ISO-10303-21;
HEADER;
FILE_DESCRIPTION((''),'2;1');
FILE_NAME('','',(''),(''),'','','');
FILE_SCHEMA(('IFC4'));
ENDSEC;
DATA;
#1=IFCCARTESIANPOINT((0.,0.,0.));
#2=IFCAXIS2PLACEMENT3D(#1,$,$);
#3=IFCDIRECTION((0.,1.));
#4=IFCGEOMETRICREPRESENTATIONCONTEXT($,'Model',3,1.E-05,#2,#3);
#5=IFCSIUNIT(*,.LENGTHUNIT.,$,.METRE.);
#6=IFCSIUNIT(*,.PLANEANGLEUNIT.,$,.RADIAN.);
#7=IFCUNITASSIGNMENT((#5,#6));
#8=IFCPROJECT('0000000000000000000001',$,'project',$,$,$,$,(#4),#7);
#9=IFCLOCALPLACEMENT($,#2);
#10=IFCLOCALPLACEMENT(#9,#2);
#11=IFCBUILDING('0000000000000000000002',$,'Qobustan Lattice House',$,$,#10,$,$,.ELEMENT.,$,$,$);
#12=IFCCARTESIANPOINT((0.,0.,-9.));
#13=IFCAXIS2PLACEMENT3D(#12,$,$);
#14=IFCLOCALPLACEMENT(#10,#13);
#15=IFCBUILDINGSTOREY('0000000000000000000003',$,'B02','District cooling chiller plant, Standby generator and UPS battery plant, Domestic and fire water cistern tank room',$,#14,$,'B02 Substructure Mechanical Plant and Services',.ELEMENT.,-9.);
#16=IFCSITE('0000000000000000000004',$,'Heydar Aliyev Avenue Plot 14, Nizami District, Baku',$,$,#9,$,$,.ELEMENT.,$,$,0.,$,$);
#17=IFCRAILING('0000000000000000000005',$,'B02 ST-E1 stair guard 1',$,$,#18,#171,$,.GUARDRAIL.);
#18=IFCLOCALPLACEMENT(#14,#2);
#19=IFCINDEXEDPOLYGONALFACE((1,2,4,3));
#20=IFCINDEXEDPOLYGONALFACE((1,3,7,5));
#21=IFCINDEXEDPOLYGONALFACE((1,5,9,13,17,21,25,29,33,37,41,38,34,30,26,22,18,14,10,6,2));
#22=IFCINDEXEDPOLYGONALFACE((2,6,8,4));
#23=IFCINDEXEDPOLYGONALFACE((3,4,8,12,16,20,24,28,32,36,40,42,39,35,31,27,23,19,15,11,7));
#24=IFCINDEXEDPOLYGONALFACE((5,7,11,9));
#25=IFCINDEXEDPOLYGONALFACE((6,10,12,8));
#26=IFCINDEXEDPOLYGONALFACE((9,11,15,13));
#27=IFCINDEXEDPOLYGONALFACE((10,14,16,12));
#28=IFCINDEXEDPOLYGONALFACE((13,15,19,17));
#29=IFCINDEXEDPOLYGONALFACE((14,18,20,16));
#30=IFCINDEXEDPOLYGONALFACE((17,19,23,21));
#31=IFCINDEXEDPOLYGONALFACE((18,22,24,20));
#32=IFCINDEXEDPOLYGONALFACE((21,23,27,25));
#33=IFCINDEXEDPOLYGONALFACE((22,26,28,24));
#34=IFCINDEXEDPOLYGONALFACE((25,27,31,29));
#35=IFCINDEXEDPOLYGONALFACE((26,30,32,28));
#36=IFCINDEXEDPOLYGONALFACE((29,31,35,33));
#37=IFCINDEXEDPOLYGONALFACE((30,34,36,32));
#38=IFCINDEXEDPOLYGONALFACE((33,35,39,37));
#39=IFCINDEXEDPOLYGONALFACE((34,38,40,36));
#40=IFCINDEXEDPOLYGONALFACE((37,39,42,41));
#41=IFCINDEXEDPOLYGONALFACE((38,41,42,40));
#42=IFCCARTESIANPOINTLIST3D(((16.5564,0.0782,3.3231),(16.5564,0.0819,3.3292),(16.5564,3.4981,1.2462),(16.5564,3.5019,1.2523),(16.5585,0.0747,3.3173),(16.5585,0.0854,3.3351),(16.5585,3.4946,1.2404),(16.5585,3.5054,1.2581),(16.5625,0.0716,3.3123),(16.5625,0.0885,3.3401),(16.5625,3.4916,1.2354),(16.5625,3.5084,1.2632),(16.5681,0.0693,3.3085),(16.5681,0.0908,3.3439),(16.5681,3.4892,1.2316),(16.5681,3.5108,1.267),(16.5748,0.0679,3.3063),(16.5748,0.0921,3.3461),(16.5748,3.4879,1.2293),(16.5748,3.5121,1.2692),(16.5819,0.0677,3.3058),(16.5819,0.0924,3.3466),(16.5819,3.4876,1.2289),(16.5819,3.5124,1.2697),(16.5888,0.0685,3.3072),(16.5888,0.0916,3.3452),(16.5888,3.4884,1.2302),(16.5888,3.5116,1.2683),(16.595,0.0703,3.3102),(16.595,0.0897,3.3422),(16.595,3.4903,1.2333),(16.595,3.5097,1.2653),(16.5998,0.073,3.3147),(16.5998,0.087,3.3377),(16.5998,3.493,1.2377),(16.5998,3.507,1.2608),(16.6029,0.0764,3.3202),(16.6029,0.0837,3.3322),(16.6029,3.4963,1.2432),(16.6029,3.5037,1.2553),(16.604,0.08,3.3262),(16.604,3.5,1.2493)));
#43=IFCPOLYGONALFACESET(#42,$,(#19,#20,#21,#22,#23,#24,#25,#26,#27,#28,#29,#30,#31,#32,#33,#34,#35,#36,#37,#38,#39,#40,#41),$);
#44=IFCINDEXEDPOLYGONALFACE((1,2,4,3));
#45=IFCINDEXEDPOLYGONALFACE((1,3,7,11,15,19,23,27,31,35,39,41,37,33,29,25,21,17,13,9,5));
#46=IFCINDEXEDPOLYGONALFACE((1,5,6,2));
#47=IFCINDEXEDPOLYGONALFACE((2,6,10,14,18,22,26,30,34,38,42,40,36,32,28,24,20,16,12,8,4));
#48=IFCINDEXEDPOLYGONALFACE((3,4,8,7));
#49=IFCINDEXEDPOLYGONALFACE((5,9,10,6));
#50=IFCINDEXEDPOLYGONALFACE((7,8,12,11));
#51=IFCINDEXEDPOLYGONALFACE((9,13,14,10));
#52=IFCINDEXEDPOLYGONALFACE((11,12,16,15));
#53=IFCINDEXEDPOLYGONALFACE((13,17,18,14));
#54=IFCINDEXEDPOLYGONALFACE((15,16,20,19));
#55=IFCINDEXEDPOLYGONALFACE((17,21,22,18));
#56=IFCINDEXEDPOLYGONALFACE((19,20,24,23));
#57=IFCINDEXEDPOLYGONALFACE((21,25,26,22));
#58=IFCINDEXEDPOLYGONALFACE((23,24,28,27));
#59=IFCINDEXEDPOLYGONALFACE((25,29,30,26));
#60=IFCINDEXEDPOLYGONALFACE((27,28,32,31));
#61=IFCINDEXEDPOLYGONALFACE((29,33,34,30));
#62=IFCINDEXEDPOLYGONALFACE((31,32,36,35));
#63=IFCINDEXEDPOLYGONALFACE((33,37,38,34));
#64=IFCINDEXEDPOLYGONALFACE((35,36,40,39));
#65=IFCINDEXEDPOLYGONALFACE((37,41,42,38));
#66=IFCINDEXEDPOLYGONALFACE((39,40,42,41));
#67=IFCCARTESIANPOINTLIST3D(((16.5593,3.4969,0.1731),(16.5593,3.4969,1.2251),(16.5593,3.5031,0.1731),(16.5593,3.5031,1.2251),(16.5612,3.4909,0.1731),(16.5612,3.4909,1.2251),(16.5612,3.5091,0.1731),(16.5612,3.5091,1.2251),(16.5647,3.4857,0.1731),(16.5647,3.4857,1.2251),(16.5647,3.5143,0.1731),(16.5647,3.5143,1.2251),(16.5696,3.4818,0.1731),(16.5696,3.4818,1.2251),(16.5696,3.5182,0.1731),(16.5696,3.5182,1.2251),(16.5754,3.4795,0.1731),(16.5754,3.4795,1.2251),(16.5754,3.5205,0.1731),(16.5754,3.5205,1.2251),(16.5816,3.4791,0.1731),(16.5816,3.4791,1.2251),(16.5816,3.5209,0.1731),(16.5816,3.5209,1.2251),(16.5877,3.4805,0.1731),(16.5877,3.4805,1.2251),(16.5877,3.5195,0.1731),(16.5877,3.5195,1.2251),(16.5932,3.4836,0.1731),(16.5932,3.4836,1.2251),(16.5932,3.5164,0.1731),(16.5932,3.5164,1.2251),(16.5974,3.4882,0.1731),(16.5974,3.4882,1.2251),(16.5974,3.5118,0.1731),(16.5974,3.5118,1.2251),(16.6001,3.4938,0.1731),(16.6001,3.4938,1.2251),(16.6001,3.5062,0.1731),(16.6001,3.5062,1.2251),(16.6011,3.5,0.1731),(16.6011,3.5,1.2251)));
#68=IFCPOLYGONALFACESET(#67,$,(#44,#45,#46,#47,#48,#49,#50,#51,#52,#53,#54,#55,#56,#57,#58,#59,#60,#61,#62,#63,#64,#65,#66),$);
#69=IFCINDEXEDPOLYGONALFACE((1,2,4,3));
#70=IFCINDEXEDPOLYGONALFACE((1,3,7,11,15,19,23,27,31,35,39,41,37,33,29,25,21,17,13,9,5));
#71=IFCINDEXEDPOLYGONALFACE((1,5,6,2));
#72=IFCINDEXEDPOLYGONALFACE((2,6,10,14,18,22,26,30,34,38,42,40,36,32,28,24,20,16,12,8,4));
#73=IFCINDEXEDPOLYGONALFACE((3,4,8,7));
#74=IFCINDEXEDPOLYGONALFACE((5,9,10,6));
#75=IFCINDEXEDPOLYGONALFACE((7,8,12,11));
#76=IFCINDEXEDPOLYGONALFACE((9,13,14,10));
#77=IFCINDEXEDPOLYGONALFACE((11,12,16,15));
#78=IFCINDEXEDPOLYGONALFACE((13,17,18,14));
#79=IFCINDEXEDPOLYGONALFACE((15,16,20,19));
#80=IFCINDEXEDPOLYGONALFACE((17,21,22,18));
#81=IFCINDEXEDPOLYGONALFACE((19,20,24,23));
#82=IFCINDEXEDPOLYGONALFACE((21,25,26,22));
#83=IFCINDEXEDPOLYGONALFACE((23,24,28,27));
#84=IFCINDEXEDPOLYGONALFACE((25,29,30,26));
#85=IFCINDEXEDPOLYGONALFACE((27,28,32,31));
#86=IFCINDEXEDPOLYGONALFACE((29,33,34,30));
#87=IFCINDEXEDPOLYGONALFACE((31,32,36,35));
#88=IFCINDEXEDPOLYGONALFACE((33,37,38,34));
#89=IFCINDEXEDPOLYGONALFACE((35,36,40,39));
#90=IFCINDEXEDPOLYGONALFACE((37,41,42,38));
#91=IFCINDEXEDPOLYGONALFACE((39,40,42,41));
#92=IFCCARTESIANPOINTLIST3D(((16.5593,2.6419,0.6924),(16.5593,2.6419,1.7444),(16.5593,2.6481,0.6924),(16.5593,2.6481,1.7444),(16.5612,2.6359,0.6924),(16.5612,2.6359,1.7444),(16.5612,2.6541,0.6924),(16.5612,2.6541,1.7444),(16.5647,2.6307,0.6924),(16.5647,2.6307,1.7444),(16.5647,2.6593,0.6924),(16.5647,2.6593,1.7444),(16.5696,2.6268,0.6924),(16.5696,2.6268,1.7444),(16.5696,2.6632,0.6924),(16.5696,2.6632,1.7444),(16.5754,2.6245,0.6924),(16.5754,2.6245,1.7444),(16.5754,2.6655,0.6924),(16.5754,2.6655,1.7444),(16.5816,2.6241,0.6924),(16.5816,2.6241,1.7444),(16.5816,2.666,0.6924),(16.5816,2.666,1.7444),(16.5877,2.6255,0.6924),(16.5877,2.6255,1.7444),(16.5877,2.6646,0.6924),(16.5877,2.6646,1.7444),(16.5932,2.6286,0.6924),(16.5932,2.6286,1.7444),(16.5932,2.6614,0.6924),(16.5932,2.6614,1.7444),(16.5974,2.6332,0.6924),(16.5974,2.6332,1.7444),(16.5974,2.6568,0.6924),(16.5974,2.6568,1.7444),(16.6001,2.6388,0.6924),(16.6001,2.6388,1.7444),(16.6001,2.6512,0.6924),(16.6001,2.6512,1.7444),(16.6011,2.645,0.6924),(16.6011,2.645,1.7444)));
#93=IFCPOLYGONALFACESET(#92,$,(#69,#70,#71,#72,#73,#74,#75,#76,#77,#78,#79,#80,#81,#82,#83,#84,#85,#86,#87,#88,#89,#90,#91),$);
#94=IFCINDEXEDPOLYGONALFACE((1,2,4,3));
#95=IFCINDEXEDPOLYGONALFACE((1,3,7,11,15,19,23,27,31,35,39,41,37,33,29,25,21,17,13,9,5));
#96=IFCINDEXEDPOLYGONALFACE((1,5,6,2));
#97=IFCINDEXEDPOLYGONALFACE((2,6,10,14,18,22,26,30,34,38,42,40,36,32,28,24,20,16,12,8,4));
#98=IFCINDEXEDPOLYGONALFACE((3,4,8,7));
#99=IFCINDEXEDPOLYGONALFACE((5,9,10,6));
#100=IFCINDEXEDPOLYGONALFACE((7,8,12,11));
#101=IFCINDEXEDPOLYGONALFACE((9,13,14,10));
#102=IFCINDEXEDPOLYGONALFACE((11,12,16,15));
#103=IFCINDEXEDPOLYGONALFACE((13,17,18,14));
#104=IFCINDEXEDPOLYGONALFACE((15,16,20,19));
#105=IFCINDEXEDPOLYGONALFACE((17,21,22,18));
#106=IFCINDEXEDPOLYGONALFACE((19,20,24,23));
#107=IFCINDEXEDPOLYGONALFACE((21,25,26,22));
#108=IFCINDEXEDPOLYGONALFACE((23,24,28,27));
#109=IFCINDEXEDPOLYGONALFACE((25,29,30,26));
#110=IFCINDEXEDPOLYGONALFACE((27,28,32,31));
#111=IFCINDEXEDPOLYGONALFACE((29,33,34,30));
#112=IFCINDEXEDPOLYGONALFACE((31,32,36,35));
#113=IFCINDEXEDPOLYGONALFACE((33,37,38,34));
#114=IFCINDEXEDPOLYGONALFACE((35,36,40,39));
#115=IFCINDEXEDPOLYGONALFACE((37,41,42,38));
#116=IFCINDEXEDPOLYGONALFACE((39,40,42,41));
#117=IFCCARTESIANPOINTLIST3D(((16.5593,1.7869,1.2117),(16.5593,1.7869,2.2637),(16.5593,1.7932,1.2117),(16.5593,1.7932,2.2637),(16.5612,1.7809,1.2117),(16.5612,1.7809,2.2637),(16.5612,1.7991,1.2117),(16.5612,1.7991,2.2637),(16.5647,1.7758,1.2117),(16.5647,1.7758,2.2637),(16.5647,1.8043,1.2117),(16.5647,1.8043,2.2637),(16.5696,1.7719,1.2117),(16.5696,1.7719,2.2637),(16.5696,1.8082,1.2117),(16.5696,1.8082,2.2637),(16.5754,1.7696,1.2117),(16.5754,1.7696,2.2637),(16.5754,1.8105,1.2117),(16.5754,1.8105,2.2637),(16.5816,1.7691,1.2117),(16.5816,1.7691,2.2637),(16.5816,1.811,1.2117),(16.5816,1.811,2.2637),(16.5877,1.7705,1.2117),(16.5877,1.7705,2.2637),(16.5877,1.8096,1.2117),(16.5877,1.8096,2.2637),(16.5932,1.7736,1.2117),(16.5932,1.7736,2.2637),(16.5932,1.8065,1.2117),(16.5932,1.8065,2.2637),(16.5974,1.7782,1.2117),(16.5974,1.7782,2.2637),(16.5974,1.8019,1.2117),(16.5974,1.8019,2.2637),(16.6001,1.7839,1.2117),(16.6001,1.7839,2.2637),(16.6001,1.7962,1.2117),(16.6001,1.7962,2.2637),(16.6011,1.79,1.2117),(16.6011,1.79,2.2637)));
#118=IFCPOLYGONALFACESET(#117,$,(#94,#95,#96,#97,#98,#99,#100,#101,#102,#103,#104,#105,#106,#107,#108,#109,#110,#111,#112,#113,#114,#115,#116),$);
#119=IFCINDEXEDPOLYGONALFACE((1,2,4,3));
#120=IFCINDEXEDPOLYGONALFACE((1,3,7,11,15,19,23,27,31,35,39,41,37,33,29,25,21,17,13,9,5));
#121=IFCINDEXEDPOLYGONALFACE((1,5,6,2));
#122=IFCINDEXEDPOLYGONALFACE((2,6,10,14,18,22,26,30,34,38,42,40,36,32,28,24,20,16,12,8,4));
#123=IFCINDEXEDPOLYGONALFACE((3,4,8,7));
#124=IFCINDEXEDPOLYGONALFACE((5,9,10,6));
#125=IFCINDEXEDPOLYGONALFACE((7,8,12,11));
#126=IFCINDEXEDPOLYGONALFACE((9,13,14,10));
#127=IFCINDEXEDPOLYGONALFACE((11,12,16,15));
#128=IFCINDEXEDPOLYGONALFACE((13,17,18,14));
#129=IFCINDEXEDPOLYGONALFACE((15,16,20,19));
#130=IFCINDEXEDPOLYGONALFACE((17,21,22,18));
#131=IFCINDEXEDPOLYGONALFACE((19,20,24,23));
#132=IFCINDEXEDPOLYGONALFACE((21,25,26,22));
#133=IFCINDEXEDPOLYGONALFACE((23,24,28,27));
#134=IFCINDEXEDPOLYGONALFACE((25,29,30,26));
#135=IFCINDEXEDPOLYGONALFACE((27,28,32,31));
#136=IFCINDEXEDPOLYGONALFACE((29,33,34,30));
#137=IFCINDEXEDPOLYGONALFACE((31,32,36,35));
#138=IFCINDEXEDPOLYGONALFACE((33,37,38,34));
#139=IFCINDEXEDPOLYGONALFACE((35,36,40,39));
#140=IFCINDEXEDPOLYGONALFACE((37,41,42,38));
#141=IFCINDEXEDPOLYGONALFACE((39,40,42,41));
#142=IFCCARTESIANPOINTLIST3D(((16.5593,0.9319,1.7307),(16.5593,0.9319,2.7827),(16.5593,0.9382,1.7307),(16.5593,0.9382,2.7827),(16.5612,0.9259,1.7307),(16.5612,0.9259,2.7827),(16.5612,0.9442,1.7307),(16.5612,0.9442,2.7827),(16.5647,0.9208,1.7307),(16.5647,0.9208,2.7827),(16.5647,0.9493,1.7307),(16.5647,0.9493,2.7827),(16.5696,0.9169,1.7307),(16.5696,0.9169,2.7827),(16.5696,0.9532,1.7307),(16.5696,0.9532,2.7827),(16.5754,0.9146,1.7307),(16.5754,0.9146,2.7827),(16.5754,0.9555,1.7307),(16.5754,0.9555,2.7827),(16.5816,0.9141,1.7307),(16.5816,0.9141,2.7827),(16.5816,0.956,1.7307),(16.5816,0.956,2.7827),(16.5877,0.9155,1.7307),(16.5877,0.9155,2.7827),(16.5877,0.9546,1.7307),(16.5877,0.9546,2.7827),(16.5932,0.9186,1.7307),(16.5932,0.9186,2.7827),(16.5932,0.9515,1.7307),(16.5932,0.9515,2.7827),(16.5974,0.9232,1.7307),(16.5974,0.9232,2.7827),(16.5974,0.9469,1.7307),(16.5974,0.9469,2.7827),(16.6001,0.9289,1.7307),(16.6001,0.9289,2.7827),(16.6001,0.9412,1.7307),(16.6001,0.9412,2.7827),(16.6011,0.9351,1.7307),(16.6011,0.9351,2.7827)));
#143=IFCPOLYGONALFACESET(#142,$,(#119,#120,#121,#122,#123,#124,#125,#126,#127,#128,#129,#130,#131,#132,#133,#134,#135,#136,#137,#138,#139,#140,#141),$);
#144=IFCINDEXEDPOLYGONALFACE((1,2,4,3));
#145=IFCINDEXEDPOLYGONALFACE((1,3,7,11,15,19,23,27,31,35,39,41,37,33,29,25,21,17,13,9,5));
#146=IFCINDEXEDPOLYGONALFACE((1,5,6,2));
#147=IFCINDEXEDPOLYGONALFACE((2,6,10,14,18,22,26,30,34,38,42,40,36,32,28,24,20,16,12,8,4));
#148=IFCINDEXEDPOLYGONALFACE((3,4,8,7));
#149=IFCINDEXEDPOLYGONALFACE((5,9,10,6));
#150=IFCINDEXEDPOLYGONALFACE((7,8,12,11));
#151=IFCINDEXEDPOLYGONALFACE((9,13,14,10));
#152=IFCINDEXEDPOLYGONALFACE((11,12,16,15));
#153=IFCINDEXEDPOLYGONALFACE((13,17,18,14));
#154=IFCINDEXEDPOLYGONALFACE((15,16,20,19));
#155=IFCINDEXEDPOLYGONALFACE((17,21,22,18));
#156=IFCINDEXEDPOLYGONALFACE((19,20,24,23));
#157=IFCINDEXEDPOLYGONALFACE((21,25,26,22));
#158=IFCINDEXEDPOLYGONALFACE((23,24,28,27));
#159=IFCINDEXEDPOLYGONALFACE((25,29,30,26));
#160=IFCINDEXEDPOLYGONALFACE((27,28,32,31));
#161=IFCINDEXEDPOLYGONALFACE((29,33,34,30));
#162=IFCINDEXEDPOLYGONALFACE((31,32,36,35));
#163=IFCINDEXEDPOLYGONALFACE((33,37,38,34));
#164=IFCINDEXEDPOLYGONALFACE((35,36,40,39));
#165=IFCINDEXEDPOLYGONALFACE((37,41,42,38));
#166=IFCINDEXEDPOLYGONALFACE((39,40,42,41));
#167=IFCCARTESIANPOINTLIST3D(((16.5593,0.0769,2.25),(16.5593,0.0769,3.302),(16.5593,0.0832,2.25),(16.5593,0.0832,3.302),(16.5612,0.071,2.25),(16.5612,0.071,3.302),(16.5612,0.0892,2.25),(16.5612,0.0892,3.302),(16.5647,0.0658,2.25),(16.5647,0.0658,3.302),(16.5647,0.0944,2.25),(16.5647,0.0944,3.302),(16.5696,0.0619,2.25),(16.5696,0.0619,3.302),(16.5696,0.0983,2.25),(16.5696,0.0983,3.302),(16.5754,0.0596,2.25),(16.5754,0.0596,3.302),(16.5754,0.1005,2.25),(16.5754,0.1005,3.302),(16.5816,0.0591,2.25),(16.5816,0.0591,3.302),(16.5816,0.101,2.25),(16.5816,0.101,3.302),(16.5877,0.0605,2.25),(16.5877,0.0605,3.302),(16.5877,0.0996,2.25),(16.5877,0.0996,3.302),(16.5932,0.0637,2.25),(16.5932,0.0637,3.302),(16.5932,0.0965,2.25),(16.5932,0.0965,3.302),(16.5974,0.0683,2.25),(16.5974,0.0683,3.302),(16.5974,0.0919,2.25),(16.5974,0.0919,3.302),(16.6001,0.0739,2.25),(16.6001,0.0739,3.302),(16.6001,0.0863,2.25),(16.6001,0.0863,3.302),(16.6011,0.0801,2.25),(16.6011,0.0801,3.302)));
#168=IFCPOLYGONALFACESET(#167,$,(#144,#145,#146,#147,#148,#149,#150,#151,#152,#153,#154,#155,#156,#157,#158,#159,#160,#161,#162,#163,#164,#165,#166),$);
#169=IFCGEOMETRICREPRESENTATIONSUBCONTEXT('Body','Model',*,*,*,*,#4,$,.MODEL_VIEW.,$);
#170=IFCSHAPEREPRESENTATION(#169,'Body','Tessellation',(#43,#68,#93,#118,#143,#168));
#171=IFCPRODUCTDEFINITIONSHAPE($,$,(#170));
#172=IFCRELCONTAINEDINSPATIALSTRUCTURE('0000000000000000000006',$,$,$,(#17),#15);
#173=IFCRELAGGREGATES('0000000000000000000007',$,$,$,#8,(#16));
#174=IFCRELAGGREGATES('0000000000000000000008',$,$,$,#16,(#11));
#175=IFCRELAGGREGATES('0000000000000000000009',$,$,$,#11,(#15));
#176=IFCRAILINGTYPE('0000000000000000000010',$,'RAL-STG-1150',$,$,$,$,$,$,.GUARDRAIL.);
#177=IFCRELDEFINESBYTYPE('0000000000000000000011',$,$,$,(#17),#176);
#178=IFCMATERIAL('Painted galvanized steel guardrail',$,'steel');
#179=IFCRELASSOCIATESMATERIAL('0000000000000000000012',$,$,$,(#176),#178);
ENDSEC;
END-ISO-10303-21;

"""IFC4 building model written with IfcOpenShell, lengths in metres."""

from ifc_helpers import new_model, si_unit, direction, frame, origin, origin_2d, place, context, subcontext, project, spatial, circle, extrude, material, type_object, element, save


model = new_model("IFC4")

# Units and contexts
model_context = context("Model", 3, precision=1e-05, world=origin(), true_north=direction((0.0, 1.0)))
body_context = subcontext(model_context, "Body", "Model", "MODEL_VIEW")
ifc_project = project(units=[si_unit("LENGTHUNIT", "METRE"), si_unit("PLANEANGLEUNIT", "RADIAN")], contexts=[model_context])

# Site, building, storey
site_placement = place(None, origin())
site = spatial("IfcSite", under=ifc_project, at=site_placement, Name="Heydar Aliyev Avenue Plot 14, Nizami District, Baku", CompositionType="ELEMENT", RefElevation=0.0)
building_placement = place(site_placement, origin())
building = spatial("IfcBuilding", under=site, at=building_placement, Name="Qobustan Lattice House", CompositionType="ELEMENT")
storey_placement = place(building_placement, frame((0.0, 0.0, -9.0)))
storey = spatial("IfcBuildingStorey", under=building, at=storey_placement, Name="B02", Description="District cooling chiller plant, Standby generator and UPS battery plant, Domestic and fire water cistern tank room", LongName="B02 Substructure Mechanical Plant and Services", CompositionType="ELEMENT", Elevation=-9.0)

# Railing
ifc_material_1 = material(Name="Painted galvanized steel guardrail", Category="steel")
railing_type_1 = type_object("IfcRailingType", Name="RAL-STG-1150", PredefinedType="GUARDRAIL", material=ifc_material_1)
railing_1_placement = place(storey_placement, frame((16.5801, 3.5, 0.1731)))
element("IfcRailing", 1, at=railing_1_placement, inside=storey, type_object=railing_type_1, Name="B02 ST-E1 stair guard 1", PredefinedType="GUARDRAIL", context=body_context, shape_type="SweptSolid", body=[
    extrude(circle(Radius=0.0239, at=origin_2d()), frame((0.0, 0.0, 1.0762), z_axis=(0.0, -0.85473, 0.519074), x_axis=(1.0, 0.0, 0.0)), (0.0, 0.0, 1.0), 4.0012),
    extrude(circle(Radius=0.021, at=origin_2d()), origin(), (0.0, 0.0, 1.0), 1.052),
    extrude(circle(Radius=0.021, at=origin_2d()), frame((0.0, -0.855, 0.5193)), (0.0, 0.0, 1.0), 1.052),
    extrude(circle(Radius=0.021, at=origin_2d()), frame((0.0, -1.71, 1.0386)), (0.0, 0.0, 1.0), 1.052),
    extrude(circle(Radius=0.021, at=origin_2d()), frame((0.0, -2.5649, 1.5576)), (0.0, 0.0, 1.0), 1.052),
    extrude(circle(Radius=0.021, at=origin_2d()), frame((0.0, -3.4199, 2.0769)), (0.0, 0.0, 1.0), 1.052),
])

save(model, "model.ifc")
